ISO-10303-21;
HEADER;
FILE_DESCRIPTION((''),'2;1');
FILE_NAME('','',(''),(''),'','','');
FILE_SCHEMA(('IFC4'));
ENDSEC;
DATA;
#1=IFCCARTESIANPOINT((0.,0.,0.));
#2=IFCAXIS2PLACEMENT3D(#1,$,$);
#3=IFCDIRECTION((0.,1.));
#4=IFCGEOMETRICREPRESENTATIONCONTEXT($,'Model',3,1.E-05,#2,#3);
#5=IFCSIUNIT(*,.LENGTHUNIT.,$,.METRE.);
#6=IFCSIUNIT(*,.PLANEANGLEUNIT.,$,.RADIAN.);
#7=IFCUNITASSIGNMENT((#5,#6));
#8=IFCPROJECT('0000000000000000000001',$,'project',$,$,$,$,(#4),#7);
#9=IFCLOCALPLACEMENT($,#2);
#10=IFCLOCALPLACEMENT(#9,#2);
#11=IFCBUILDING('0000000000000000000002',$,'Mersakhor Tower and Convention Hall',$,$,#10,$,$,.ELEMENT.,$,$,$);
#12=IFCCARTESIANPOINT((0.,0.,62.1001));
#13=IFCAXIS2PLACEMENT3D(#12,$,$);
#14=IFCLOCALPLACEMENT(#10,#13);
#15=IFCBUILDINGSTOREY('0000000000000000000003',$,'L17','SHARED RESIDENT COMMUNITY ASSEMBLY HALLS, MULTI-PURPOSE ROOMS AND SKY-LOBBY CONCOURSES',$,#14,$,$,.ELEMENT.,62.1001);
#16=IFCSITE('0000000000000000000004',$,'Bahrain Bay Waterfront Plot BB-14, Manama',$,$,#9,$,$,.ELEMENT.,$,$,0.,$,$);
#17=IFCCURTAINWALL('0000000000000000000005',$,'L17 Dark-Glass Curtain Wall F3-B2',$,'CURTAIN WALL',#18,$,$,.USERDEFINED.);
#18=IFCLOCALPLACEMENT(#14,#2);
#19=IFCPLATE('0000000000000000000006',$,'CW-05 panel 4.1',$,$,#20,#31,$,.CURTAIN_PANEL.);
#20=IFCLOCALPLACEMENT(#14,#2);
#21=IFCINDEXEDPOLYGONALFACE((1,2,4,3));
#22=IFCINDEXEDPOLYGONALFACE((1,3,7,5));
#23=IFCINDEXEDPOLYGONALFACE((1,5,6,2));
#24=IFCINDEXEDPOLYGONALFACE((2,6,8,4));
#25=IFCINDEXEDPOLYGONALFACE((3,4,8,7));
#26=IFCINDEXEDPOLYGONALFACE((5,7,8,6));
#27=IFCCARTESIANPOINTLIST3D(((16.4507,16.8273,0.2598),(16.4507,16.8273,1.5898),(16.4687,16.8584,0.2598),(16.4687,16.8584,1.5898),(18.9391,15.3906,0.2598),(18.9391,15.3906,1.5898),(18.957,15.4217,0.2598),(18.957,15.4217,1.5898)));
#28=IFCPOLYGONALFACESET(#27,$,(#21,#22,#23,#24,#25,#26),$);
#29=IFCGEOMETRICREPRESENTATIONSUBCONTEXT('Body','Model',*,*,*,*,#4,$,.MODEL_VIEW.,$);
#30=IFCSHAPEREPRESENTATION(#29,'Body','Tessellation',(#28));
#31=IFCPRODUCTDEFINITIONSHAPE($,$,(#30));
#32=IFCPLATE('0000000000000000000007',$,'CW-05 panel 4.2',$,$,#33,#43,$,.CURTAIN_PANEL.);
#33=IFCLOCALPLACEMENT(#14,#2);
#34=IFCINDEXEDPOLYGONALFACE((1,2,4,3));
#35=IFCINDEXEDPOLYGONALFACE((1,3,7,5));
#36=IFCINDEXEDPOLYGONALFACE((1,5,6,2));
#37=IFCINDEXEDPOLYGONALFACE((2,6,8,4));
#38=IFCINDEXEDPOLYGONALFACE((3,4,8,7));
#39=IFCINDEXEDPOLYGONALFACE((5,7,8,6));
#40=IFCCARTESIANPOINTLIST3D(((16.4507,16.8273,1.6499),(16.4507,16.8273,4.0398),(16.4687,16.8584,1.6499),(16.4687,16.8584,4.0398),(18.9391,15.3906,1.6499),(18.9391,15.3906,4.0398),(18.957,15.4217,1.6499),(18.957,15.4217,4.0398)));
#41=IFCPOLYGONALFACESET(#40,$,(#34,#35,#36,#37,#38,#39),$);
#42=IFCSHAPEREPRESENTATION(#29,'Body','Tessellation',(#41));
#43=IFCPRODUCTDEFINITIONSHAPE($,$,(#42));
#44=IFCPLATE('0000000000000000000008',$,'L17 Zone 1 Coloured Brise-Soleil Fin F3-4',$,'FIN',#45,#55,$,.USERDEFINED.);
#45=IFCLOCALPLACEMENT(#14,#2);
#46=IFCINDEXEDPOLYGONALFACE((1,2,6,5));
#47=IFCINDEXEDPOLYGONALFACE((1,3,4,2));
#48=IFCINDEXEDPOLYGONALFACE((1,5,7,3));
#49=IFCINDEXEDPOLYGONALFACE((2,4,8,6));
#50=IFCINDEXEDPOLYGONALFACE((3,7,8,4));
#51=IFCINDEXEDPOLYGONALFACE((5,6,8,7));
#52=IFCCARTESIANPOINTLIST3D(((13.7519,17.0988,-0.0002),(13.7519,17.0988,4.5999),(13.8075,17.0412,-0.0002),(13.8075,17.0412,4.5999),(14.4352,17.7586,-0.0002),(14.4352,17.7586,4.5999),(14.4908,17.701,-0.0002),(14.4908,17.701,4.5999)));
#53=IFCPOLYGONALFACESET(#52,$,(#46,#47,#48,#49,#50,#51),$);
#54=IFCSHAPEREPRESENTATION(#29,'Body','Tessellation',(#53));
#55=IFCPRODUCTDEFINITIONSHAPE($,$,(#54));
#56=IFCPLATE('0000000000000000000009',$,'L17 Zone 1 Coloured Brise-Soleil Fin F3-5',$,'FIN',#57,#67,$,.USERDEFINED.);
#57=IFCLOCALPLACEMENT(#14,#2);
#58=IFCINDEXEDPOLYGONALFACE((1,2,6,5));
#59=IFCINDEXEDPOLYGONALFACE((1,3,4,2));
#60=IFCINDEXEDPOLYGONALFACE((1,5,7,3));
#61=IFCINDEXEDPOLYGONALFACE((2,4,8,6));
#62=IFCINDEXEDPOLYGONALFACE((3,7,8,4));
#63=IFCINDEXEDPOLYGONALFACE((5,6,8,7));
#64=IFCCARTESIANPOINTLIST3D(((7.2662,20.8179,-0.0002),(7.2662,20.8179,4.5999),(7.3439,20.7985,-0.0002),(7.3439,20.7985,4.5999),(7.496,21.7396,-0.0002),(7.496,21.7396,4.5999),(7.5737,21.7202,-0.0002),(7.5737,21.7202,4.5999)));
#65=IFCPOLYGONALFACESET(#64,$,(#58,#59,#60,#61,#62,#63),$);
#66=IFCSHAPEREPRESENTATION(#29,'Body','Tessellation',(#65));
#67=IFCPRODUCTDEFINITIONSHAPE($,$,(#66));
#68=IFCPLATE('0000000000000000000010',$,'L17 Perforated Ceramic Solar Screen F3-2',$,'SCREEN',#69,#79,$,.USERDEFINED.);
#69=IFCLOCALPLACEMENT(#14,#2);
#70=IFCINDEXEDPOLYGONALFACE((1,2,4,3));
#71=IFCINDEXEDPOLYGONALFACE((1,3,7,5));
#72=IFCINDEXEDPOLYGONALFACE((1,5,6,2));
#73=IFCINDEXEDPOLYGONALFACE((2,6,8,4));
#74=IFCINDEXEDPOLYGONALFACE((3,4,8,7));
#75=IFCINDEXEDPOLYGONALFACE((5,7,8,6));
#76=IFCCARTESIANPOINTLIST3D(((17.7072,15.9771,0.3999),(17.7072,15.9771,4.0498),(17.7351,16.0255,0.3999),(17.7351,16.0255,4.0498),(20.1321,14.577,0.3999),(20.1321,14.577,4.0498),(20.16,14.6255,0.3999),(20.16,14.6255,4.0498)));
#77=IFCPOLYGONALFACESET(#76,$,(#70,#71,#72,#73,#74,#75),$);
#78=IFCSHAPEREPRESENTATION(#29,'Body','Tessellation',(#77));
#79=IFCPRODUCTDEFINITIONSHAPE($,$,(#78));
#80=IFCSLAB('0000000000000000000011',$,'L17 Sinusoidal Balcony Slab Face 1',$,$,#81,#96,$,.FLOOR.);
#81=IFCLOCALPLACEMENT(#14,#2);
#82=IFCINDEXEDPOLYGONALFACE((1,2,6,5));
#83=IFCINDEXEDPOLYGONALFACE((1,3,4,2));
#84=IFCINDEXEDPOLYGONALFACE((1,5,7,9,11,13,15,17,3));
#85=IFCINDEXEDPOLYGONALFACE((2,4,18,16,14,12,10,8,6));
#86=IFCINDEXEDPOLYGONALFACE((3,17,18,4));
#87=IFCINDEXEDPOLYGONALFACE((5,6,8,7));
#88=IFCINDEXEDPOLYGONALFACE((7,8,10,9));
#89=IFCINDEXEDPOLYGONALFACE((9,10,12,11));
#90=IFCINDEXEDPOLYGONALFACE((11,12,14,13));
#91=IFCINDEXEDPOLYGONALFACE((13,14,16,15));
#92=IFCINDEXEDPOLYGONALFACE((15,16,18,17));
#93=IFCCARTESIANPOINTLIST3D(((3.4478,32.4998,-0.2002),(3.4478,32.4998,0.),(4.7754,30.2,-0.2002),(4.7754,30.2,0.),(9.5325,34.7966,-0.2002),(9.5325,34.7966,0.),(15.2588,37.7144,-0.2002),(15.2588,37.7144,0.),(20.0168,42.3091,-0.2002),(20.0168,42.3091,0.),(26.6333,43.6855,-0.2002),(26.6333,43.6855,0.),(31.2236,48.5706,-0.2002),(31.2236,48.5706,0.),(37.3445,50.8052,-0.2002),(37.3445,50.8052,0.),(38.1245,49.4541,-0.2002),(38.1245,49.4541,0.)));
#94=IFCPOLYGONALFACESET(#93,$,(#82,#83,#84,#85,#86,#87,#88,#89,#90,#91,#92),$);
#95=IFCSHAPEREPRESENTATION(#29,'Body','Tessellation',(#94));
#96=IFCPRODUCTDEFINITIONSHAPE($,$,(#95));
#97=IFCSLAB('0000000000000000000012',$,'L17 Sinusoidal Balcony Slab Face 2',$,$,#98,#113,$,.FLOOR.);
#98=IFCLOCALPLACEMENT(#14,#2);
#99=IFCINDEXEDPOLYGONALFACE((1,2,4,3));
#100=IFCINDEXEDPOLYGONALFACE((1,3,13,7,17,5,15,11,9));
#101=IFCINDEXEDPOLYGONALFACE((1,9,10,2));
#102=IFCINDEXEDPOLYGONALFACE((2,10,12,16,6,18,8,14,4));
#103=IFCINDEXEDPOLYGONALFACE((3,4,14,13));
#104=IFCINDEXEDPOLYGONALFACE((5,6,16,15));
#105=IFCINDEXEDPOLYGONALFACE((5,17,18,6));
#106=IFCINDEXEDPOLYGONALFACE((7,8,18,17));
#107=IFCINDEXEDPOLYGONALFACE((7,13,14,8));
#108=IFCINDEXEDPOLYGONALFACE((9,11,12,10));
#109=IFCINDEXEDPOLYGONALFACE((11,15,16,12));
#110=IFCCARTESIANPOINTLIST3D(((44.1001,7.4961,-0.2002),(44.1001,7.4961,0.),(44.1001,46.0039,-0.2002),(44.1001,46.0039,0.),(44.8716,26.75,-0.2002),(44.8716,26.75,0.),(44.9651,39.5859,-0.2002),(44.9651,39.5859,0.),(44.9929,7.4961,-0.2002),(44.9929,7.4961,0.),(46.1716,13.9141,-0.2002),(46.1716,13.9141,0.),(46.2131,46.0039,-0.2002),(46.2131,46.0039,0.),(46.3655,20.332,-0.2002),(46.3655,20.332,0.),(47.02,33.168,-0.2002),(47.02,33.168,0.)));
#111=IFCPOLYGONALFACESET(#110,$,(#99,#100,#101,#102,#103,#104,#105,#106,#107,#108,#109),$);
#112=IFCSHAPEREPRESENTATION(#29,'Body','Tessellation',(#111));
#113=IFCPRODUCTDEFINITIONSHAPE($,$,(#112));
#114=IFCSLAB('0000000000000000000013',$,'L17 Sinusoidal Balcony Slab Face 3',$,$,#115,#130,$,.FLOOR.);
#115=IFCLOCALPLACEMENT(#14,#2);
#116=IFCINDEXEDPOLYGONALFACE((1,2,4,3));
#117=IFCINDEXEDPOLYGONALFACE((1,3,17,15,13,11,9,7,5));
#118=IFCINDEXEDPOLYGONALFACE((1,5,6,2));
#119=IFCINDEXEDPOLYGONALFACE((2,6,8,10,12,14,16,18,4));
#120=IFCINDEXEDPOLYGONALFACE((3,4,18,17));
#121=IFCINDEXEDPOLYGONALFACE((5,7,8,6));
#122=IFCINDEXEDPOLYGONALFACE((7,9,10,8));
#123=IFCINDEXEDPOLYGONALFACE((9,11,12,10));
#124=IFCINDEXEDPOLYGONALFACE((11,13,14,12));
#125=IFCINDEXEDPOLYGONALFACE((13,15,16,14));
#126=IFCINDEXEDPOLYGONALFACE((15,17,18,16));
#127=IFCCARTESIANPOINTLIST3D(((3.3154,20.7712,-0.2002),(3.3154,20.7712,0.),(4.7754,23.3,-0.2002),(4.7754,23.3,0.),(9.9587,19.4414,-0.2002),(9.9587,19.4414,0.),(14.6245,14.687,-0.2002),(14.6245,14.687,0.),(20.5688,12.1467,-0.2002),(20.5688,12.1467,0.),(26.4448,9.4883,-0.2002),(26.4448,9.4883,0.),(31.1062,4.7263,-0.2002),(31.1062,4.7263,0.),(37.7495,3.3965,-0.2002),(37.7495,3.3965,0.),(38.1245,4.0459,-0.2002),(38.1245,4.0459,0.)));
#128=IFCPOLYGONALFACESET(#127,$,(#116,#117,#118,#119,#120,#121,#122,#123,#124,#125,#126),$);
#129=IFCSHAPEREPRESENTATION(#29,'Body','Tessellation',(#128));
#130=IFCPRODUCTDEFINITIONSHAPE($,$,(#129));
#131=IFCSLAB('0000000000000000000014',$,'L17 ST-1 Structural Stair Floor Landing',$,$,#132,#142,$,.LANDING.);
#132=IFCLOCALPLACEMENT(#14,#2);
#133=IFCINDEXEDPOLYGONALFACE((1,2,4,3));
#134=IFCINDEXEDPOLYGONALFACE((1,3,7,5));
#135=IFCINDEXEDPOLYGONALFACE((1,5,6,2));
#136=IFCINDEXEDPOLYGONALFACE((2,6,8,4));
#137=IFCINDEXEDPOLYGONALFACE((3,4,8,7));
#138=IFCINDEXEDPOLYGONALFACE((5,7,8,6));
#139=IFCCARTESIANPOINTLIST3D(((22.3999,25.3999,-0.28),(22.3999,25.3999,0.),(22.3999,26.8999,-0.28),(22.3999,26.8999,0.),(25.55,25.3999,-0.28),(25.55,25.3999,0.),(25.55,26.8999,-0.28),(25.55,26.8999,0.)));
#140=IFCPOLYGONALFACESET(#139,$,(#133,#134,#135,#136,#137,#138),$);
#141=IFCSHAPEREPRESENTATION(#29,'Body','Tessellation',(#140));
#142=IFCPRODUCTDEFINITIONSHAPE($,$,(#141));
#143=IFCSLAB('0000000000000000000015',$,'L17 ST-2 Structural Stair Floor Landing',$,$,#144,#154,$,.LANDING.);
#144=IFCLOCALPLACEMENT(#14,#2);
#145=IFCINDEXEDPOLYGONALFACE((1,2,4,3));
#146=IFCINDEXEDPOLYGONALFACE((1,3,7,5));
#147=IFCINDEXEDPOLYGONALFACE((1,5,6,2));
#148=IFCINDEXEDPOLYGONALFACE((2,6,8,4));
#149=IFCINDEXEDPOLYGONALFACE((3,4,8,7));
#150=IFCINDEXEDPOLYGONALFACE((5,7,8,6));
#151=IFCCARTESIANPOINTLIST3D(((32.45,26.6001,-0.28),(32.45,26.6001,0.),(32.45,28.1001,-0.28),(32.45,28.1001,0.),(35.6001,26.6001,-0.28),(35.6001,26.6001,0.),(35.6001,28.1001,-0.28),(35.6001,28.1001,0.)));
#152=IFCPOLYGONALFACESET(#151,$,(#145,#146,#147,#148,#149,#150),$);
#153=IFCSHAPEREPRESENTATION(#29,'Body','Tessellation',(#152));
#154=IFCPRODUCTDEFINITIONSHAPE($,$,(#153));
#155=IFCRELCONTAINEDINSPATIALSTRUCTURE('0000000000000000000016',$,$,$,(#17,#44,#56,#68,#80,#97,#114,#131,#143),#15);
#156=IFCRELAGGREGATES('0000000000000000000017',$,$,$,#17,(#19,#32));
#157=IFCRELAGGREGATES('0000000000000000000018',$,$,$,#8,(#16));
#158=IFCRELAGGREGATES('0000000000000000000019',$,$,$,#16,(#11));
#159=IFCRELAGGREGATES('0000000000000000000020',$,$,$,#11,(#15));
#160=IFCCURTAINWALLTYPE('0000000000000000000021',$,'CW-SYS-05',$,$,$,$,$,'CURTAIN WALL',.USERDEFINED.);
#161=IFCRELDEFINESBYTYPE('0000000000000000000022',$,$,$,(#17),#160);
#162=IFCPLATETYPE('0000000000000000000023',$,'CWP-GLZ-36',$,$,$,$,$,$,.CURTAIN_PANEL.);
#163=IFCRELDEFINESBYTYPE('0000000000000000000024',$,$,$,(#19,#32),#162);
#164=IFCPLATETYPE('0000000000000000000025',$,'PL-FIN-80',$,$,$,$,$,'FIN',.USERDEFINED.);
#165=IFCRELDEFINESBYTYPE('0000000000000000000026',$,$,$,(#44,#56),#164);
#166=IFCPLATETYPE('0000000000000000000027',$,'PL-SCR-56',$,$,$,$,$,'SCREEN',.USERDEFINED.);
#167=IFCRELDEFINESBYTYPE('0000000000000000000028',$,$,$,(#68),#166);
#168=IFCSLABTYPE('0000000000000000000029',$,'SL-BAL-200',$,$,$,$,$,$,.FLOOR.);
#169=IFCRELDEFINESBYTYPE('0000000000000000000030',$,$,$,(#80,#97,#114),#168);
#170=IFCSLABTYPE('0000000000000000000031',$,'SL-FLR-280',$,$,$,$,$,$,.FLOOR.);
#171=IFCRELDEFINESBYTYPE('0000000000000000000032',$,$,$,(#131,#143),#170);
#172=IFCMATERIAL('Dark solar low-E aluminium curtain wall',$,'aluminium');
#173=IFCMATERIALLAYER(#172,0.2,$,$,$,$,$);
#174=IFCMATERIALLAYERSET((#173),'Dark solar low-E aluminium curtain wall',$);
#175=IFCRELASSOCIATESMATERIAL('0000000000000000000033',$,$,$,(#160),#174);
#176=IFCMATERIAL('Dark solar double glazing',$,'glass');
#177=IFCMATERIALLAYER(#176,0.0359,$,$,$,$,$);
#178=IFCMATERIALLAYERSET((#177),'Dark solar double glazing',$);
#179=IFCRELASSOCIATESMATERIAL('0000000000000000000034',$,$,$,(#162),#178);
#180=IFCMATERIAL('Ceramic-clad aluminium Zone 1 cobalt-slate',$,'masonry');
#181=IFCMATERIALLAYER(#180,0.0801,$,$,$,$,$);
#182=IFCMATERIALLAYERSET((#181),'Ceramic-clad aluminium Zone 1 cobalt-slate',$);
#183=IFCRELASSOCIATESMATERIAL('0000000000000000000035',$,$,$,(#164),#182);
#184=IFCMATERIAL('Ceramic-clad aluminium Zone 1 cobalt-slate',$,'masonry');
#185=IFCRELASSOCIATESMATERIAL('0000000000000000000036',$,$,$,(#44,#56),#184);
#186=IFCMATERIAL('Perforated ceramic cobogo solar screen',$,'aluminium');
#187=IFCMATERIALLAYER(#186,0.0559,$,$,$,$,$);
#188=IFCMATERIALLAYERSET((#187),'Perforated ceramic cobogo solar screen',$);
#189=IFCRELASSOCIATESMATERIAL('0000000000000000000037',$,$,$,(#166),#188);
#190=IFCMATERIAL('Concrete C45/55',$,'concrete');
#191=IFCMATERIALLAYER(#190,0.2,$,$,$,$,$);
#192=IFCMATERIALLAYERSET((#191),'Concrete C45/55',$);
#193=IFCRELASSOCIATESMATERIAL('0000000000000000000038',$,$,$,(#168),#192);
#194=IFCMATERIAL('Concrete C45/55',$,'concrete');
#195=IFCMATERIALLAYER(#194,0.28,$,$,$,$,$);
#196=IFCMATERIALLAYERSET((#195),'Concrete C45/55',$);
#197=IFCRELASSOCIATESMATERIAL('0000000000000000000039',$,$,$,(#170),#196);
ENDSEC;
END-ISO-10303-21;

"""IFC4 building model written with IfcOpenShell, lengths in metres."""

from ifc_helpers import new_model, si_unit, direction, frame, origin, origin_2d, place, context, subcontext, project, spatial, polyline, rectangle, outline, extrude, material, layer, layer_set, type_object, element, aggregate, save


model = new_model("IFC4")

# Units and contexts
model_context = context("Model", 3, precision=1e-05, world=origin(), true_north=direction((0.0, 1.0)))
body_context = subcontext(model_context, "Body", "Model", "MODEL_VIEW")
ifc_project = project(units=[si_unit("LENGTHUNIT", "METRE"), si_unit("PLANEANGLEUNIT", "RADIAN")], contexts=[model_context])

# Site, building, storey
site_placement = place(None, origin())
site = spatial("IfcSite", under=ifc_project, at=site_placement, Name="Bahrain Bay Waterfront Plot BB-14, Manama", CompositionType="ELEMENT", RefElevation=0.0)
building_placement = place(site_placement, origin())
building = spatial("IfcBuilding", under=site, at=building_placement, Name="Mersakhor Tower and Convention Hall", CompositionType="ELEMENT")
storey_placement = place(building_placement, frame((0.0, 0.0, 62.1001)))
storey = spatial("IfcBuildingStorey", under=building, at=storey_placement, Name="L17", Description="SHARED RESIDENT COMMUNITY ASSEMBLY HALLS, MULTI-PURPOSE ROOMS AND SKY-LOBBY CONCOURSES", CompositionType="ELEMENT", Elevation=62.1001)

# Curtain wall
ifc_material_1 = material(Name="Dark solar low-E aluminium curtain wall", Category="aluminium")
ifc_layer_1 = layer(ifc_material_1, 0.2)
ifc_layer_set_1 = layer_set([ifc_layer_1], Name="Dark solar low-E aluminium curtain wall")
curtain_wall_type = type_object("IfcCurtainWallType", Name="CW-SYS-05", ElementType="CURTAIN WALL", PredefinedType="USERDEFINED", material=ifc_layer_set_1)
curtain_wall_placement = place(storey_placement, origin())
curtain_wall = element("IfcCurtainWall", 1, at=curtain_wall_placement, inside=storey, type_object=curtain_wall_type, Name="L17 Dark-Glass Curtain Wall F3-B2", ObjectType="CURTAIN WALL", PredefinedType="USERDEFINED")

# Plates
ifc_material_2 = material(Name="Dark solar double glazing", Category="glass")
ifc_layer_2 = layer(ifc_material_2, 0.0359)
ifc_layer_set_2 = layer_set([ifc_layer_2], Name="Dark solar double glazing")
plate_type_1 = type_object("IfcPlateType", Name="CWP-GLZ-36", PredefinedType="CURTAIN_PANEL", material=ifc_layer_set_2)
plate_1_placement = place(storey_placement, frame((17.7039, 16.1245, 0.2598), z_axis=(0.0, 0.0, 1.0), x_axis=(-0.866023, 0.500003, 0.0)))
plate_1 = element("IfcPlate", 2, at=plate_1_placement, type_object=plate_type_1, Name="CW-05 panel 4.1", PredefinedType="CURTAIN_PANEL", context=body_context, shape_type="SweptSolid", body=[
    extrude(rectangle(XDim=2.8733, YDim=0.0359, at=origin_2d()), origin(), (0.0, 0.0, 1.0), 1.3301),
])
plate_2_placement = place(storey_placement, frame((17.7039, 16.1245, 1.6499), z_axis=(0.0, 0.0, 1.0), x_axis=(-0.866023, 0.500003, 0.0)))
plate_2 = element("IfcPlate", 3, at=plate_2_placement, type_object=plate_type_1, Name="CW-05 panel 4.2", PredefinedType="CURTAIN_PANEL", context=body_context, shape_type="SweptSolid", body=[
    extrude(rectangle(XDim=2.8733, YDim=0.0359, at=origin_2d()), origin(), (0.0, 0.0, 1.0), 2.3899),
])
aggregate(curtain_wall, [plate_1, plate_2])

# Plates
ifc_material_3 = material(Name="Ceramic-clad aluminium Zone 1 cobalt-slate", Category="masonry")
ifc_material_4 = material(Name="Ceramic-clad aluminium Zone 1 cobalt-slate", Category="masonry")
ifc_layer_3 = layer(ifc_material_4, 0.0801)
ifc_layer_set_3 = layer_set([ifc_layer_3], Name="Ceramic-clad aluminium Zone 1 cobalt-slate")
plate_type_2 = type_object("IfcPlateType", Name="PL-FIN-80", ElementType="FIN", PredefinedType="USERDEFINED", material=ifc_layer_set_3)
for number, where, z_axis, x_axis, name in (
    (4, (14.1213, 17.3999, -0.0002), (0.0, 0.0, 1.0), (-0.71934, -0.694658, 0.0), "L17 Zone 1 Coloured Brise-Soleil Fin F3-4"),
    (5, (7.4199, 21.269, -0.0002), (0.0, 0.0, 1.0), (-0.241922, -0.970296, 0.0), "L17 Zone 1 Coloured Brise-Soleil Fin F3-5"),
):
    element("IfcPlate", number, at=place(storey_placement, frame(where, z_axis=z_axis, x_axis=x_axis)), inside=storey, type_object=plate_type_2, material=ifc_material_3, Name=name, ObjectType="FIN", PredefinedType="USERDEFINED", context=body_context, shape_type="SweptSolid", body=[
        extrude(rectangle(XDim=0.95, YDim=0.0801, at=origin_2d()), origin(), (0.0, 0.0, 1.0), 4.6001),
    ])
ifc_material_5 = material(Name="Perforated ceramic cobogo solar screen", Category="aluminium")
ifc_layer_4 = layer(ifc_material_5, 0.0559)
ifc_layer_set_4 = layer_set([ifc_layer_4], Name="Perforated ceramic cobogo solar screen")
plate_type_3 = type_object("IfcPlateType", Name="PL-SCR-56", ElementType="SCREEN", PredefinedType="USERDEFINED", material=ifc_layer_set_4)
plate_3_placement = place(storey_placement, frame((18.9336, 15.3013, 0.3999), z_axis=(0.0, 0.0, 1.0), x_axis=(-0.866025, 0.5, 0.0)))
element("IfcPlate", 6, at=plate_3_placement, inside=storey, type_object=plate_type_3, Name="L17 Perforated Ceramic Solar Screen F3-2", ObjectType="SCREEN", PredefinedType="USERDEFINED", context=body_context, shape_type="SweptSolid", body=[
    extrude(rectangle(XDim=2.8, YDim=0.0559, at=origin_2d()), origin(), (0.0, 0.0, 1.0), 3.6499),
])

# Slabs
ifc_material_6 = material(Name="Concrete C45/55", Category="concrete")
ifc_layer_5 = layer(ifc_material_6, 0.2)
ifc_layer_set_5 = layer_set([ifc_layer_5], Name="Concrete C45/55")
slab_type_1 = type_object("IfcSlabType", Name="SL-BAL-200", PredefinedType="FLOOR", material=ifc_layer_set_5)
slab_1_placement = place(storey_placement, frame((0.0, 0.0, -0.2002)))
element("IfcSlab", 7, at=slab_1_placement, inside=storey, type_object=slab_type_1, Name="L17 Sinusoidal Balcony Slab Face 1", PredefinedType="FLOOR", context=body_context, shape_type="SweptSolid", body=[
    extrude(outline(polyline([(4.7754, 30.2), (38.1245, 49.4541), (37.3445, 50.8052), (31.2236, 48.5706), (26.6333, 43.6855), (20.0168, 42.3091), (15.2588, 37.7144), (9.5325, 34.7966), (3.4478, 32.4998), (4.7754, 30.2)])), origin(), (0.0, 0.0, 1.0), 0.2002),
])
slab_2_placement = place(storey_placement, frame((0.0, 0.0, -0.2002)))
element("IfcSlab", 8, at=slab_2_placement, inside=storey, type_object=slab_type_1, Name="L17 Sinusoidal Balcony Slab Face 2", PredefinedType="FLOOR", context=body_context, shape_type="SweptSolid", body=[
    extrude(outline(polyline([(44.1001, 46.0039), (44.1001, 7.4961), (44.9929, 7.4961), (46.1716, 13.9141), (46.3655, 20.332), (44.8716, 26.75), (47.02, 33.168), (44.9651, 39.5859), (46.2131, 46.0039), (44.1001, 46.0039)])), origin(), (0.0, 0.0, 1.0), 0.2002),
])
slab_3_placement = place(storey_placement, frame((0.0, 0.0, -0.2002)))
element("IfcSlab", 9, at=slab_3_placement, inside=storey, type_object=slab_type_1, Name="L17 Sinusoidal Balcony Slab Face 3", PredefinedType="FLOOR", context=body_context, shape_type="SweptSolid", body=[
    extrude(outline(polyline([(38.1245, 4.0459), (4.7754, 23.3), (3.3154, 20.7712), (9.9587, 19.4414), (14.6245, 14.687), (20.5688, 12.1467), (26.4448, 9.4883), (31.1062, 4.7263), (37.7495, 3.3965), (38.1245, 4.0459)])), origin(), (0.0, 0.0, 1.0), 0.2002),
])
ifc_material_7 = material(Name="Concrete C45/55", Category="concrete")
ifc_layer_6 = layer(ifc_material_7, 0.28)
ifc_layer_set_6 = layer_set([ifc_layer_6], Name="Concrete C45/55")
slab_type_2 = type_object("IfcSlabType", Name="SL-FLR-280", PredefinedType="FLOOR", material=ifc_layer_set_6)
slab_4_placement = place(storey_placement, frame((0.0, 0.0, -0.28)))
element("IfcSlab", 10, at=slab_4_placement, inside=storey, type_object=slab_type_2, Name="L17 ST-1 Structural Stair Floor Landing", PredefinedType="LANDING", context=body_context, shape_type="SweptSolid", body=[
    extrude(outline(polyline([(25.55, 25.3999), (25.55, 26.8999), (22.3999, 26.8999), (22.3999, 25.3999), (25.55, 25.3999)])), origin(), (0.0, 0.0, 1.0), 0.28),
])
slab_5_placement = place(storey_placement, frame((0.0, 0.0, -0.28)))
element("IfcSlab", 11, at=slab_5_placement, inside=storey, type_object=slab_type_2, Name="L17 ST-2 Structural Stair Floor Landing", PredefinedType="LANDING", context=body_context, shape_type="SweptSolid", body=[
    extrude(outline(polyline([(32.45, 28.1001), (32.45, 26.6001), (35.6001, 26.6001), (35.6001, 28.1001), (32.45, 28.1001)])), origin(), (0.0, 0.0, 1.0), 0.28),
])

save(model, "model.ifc")
